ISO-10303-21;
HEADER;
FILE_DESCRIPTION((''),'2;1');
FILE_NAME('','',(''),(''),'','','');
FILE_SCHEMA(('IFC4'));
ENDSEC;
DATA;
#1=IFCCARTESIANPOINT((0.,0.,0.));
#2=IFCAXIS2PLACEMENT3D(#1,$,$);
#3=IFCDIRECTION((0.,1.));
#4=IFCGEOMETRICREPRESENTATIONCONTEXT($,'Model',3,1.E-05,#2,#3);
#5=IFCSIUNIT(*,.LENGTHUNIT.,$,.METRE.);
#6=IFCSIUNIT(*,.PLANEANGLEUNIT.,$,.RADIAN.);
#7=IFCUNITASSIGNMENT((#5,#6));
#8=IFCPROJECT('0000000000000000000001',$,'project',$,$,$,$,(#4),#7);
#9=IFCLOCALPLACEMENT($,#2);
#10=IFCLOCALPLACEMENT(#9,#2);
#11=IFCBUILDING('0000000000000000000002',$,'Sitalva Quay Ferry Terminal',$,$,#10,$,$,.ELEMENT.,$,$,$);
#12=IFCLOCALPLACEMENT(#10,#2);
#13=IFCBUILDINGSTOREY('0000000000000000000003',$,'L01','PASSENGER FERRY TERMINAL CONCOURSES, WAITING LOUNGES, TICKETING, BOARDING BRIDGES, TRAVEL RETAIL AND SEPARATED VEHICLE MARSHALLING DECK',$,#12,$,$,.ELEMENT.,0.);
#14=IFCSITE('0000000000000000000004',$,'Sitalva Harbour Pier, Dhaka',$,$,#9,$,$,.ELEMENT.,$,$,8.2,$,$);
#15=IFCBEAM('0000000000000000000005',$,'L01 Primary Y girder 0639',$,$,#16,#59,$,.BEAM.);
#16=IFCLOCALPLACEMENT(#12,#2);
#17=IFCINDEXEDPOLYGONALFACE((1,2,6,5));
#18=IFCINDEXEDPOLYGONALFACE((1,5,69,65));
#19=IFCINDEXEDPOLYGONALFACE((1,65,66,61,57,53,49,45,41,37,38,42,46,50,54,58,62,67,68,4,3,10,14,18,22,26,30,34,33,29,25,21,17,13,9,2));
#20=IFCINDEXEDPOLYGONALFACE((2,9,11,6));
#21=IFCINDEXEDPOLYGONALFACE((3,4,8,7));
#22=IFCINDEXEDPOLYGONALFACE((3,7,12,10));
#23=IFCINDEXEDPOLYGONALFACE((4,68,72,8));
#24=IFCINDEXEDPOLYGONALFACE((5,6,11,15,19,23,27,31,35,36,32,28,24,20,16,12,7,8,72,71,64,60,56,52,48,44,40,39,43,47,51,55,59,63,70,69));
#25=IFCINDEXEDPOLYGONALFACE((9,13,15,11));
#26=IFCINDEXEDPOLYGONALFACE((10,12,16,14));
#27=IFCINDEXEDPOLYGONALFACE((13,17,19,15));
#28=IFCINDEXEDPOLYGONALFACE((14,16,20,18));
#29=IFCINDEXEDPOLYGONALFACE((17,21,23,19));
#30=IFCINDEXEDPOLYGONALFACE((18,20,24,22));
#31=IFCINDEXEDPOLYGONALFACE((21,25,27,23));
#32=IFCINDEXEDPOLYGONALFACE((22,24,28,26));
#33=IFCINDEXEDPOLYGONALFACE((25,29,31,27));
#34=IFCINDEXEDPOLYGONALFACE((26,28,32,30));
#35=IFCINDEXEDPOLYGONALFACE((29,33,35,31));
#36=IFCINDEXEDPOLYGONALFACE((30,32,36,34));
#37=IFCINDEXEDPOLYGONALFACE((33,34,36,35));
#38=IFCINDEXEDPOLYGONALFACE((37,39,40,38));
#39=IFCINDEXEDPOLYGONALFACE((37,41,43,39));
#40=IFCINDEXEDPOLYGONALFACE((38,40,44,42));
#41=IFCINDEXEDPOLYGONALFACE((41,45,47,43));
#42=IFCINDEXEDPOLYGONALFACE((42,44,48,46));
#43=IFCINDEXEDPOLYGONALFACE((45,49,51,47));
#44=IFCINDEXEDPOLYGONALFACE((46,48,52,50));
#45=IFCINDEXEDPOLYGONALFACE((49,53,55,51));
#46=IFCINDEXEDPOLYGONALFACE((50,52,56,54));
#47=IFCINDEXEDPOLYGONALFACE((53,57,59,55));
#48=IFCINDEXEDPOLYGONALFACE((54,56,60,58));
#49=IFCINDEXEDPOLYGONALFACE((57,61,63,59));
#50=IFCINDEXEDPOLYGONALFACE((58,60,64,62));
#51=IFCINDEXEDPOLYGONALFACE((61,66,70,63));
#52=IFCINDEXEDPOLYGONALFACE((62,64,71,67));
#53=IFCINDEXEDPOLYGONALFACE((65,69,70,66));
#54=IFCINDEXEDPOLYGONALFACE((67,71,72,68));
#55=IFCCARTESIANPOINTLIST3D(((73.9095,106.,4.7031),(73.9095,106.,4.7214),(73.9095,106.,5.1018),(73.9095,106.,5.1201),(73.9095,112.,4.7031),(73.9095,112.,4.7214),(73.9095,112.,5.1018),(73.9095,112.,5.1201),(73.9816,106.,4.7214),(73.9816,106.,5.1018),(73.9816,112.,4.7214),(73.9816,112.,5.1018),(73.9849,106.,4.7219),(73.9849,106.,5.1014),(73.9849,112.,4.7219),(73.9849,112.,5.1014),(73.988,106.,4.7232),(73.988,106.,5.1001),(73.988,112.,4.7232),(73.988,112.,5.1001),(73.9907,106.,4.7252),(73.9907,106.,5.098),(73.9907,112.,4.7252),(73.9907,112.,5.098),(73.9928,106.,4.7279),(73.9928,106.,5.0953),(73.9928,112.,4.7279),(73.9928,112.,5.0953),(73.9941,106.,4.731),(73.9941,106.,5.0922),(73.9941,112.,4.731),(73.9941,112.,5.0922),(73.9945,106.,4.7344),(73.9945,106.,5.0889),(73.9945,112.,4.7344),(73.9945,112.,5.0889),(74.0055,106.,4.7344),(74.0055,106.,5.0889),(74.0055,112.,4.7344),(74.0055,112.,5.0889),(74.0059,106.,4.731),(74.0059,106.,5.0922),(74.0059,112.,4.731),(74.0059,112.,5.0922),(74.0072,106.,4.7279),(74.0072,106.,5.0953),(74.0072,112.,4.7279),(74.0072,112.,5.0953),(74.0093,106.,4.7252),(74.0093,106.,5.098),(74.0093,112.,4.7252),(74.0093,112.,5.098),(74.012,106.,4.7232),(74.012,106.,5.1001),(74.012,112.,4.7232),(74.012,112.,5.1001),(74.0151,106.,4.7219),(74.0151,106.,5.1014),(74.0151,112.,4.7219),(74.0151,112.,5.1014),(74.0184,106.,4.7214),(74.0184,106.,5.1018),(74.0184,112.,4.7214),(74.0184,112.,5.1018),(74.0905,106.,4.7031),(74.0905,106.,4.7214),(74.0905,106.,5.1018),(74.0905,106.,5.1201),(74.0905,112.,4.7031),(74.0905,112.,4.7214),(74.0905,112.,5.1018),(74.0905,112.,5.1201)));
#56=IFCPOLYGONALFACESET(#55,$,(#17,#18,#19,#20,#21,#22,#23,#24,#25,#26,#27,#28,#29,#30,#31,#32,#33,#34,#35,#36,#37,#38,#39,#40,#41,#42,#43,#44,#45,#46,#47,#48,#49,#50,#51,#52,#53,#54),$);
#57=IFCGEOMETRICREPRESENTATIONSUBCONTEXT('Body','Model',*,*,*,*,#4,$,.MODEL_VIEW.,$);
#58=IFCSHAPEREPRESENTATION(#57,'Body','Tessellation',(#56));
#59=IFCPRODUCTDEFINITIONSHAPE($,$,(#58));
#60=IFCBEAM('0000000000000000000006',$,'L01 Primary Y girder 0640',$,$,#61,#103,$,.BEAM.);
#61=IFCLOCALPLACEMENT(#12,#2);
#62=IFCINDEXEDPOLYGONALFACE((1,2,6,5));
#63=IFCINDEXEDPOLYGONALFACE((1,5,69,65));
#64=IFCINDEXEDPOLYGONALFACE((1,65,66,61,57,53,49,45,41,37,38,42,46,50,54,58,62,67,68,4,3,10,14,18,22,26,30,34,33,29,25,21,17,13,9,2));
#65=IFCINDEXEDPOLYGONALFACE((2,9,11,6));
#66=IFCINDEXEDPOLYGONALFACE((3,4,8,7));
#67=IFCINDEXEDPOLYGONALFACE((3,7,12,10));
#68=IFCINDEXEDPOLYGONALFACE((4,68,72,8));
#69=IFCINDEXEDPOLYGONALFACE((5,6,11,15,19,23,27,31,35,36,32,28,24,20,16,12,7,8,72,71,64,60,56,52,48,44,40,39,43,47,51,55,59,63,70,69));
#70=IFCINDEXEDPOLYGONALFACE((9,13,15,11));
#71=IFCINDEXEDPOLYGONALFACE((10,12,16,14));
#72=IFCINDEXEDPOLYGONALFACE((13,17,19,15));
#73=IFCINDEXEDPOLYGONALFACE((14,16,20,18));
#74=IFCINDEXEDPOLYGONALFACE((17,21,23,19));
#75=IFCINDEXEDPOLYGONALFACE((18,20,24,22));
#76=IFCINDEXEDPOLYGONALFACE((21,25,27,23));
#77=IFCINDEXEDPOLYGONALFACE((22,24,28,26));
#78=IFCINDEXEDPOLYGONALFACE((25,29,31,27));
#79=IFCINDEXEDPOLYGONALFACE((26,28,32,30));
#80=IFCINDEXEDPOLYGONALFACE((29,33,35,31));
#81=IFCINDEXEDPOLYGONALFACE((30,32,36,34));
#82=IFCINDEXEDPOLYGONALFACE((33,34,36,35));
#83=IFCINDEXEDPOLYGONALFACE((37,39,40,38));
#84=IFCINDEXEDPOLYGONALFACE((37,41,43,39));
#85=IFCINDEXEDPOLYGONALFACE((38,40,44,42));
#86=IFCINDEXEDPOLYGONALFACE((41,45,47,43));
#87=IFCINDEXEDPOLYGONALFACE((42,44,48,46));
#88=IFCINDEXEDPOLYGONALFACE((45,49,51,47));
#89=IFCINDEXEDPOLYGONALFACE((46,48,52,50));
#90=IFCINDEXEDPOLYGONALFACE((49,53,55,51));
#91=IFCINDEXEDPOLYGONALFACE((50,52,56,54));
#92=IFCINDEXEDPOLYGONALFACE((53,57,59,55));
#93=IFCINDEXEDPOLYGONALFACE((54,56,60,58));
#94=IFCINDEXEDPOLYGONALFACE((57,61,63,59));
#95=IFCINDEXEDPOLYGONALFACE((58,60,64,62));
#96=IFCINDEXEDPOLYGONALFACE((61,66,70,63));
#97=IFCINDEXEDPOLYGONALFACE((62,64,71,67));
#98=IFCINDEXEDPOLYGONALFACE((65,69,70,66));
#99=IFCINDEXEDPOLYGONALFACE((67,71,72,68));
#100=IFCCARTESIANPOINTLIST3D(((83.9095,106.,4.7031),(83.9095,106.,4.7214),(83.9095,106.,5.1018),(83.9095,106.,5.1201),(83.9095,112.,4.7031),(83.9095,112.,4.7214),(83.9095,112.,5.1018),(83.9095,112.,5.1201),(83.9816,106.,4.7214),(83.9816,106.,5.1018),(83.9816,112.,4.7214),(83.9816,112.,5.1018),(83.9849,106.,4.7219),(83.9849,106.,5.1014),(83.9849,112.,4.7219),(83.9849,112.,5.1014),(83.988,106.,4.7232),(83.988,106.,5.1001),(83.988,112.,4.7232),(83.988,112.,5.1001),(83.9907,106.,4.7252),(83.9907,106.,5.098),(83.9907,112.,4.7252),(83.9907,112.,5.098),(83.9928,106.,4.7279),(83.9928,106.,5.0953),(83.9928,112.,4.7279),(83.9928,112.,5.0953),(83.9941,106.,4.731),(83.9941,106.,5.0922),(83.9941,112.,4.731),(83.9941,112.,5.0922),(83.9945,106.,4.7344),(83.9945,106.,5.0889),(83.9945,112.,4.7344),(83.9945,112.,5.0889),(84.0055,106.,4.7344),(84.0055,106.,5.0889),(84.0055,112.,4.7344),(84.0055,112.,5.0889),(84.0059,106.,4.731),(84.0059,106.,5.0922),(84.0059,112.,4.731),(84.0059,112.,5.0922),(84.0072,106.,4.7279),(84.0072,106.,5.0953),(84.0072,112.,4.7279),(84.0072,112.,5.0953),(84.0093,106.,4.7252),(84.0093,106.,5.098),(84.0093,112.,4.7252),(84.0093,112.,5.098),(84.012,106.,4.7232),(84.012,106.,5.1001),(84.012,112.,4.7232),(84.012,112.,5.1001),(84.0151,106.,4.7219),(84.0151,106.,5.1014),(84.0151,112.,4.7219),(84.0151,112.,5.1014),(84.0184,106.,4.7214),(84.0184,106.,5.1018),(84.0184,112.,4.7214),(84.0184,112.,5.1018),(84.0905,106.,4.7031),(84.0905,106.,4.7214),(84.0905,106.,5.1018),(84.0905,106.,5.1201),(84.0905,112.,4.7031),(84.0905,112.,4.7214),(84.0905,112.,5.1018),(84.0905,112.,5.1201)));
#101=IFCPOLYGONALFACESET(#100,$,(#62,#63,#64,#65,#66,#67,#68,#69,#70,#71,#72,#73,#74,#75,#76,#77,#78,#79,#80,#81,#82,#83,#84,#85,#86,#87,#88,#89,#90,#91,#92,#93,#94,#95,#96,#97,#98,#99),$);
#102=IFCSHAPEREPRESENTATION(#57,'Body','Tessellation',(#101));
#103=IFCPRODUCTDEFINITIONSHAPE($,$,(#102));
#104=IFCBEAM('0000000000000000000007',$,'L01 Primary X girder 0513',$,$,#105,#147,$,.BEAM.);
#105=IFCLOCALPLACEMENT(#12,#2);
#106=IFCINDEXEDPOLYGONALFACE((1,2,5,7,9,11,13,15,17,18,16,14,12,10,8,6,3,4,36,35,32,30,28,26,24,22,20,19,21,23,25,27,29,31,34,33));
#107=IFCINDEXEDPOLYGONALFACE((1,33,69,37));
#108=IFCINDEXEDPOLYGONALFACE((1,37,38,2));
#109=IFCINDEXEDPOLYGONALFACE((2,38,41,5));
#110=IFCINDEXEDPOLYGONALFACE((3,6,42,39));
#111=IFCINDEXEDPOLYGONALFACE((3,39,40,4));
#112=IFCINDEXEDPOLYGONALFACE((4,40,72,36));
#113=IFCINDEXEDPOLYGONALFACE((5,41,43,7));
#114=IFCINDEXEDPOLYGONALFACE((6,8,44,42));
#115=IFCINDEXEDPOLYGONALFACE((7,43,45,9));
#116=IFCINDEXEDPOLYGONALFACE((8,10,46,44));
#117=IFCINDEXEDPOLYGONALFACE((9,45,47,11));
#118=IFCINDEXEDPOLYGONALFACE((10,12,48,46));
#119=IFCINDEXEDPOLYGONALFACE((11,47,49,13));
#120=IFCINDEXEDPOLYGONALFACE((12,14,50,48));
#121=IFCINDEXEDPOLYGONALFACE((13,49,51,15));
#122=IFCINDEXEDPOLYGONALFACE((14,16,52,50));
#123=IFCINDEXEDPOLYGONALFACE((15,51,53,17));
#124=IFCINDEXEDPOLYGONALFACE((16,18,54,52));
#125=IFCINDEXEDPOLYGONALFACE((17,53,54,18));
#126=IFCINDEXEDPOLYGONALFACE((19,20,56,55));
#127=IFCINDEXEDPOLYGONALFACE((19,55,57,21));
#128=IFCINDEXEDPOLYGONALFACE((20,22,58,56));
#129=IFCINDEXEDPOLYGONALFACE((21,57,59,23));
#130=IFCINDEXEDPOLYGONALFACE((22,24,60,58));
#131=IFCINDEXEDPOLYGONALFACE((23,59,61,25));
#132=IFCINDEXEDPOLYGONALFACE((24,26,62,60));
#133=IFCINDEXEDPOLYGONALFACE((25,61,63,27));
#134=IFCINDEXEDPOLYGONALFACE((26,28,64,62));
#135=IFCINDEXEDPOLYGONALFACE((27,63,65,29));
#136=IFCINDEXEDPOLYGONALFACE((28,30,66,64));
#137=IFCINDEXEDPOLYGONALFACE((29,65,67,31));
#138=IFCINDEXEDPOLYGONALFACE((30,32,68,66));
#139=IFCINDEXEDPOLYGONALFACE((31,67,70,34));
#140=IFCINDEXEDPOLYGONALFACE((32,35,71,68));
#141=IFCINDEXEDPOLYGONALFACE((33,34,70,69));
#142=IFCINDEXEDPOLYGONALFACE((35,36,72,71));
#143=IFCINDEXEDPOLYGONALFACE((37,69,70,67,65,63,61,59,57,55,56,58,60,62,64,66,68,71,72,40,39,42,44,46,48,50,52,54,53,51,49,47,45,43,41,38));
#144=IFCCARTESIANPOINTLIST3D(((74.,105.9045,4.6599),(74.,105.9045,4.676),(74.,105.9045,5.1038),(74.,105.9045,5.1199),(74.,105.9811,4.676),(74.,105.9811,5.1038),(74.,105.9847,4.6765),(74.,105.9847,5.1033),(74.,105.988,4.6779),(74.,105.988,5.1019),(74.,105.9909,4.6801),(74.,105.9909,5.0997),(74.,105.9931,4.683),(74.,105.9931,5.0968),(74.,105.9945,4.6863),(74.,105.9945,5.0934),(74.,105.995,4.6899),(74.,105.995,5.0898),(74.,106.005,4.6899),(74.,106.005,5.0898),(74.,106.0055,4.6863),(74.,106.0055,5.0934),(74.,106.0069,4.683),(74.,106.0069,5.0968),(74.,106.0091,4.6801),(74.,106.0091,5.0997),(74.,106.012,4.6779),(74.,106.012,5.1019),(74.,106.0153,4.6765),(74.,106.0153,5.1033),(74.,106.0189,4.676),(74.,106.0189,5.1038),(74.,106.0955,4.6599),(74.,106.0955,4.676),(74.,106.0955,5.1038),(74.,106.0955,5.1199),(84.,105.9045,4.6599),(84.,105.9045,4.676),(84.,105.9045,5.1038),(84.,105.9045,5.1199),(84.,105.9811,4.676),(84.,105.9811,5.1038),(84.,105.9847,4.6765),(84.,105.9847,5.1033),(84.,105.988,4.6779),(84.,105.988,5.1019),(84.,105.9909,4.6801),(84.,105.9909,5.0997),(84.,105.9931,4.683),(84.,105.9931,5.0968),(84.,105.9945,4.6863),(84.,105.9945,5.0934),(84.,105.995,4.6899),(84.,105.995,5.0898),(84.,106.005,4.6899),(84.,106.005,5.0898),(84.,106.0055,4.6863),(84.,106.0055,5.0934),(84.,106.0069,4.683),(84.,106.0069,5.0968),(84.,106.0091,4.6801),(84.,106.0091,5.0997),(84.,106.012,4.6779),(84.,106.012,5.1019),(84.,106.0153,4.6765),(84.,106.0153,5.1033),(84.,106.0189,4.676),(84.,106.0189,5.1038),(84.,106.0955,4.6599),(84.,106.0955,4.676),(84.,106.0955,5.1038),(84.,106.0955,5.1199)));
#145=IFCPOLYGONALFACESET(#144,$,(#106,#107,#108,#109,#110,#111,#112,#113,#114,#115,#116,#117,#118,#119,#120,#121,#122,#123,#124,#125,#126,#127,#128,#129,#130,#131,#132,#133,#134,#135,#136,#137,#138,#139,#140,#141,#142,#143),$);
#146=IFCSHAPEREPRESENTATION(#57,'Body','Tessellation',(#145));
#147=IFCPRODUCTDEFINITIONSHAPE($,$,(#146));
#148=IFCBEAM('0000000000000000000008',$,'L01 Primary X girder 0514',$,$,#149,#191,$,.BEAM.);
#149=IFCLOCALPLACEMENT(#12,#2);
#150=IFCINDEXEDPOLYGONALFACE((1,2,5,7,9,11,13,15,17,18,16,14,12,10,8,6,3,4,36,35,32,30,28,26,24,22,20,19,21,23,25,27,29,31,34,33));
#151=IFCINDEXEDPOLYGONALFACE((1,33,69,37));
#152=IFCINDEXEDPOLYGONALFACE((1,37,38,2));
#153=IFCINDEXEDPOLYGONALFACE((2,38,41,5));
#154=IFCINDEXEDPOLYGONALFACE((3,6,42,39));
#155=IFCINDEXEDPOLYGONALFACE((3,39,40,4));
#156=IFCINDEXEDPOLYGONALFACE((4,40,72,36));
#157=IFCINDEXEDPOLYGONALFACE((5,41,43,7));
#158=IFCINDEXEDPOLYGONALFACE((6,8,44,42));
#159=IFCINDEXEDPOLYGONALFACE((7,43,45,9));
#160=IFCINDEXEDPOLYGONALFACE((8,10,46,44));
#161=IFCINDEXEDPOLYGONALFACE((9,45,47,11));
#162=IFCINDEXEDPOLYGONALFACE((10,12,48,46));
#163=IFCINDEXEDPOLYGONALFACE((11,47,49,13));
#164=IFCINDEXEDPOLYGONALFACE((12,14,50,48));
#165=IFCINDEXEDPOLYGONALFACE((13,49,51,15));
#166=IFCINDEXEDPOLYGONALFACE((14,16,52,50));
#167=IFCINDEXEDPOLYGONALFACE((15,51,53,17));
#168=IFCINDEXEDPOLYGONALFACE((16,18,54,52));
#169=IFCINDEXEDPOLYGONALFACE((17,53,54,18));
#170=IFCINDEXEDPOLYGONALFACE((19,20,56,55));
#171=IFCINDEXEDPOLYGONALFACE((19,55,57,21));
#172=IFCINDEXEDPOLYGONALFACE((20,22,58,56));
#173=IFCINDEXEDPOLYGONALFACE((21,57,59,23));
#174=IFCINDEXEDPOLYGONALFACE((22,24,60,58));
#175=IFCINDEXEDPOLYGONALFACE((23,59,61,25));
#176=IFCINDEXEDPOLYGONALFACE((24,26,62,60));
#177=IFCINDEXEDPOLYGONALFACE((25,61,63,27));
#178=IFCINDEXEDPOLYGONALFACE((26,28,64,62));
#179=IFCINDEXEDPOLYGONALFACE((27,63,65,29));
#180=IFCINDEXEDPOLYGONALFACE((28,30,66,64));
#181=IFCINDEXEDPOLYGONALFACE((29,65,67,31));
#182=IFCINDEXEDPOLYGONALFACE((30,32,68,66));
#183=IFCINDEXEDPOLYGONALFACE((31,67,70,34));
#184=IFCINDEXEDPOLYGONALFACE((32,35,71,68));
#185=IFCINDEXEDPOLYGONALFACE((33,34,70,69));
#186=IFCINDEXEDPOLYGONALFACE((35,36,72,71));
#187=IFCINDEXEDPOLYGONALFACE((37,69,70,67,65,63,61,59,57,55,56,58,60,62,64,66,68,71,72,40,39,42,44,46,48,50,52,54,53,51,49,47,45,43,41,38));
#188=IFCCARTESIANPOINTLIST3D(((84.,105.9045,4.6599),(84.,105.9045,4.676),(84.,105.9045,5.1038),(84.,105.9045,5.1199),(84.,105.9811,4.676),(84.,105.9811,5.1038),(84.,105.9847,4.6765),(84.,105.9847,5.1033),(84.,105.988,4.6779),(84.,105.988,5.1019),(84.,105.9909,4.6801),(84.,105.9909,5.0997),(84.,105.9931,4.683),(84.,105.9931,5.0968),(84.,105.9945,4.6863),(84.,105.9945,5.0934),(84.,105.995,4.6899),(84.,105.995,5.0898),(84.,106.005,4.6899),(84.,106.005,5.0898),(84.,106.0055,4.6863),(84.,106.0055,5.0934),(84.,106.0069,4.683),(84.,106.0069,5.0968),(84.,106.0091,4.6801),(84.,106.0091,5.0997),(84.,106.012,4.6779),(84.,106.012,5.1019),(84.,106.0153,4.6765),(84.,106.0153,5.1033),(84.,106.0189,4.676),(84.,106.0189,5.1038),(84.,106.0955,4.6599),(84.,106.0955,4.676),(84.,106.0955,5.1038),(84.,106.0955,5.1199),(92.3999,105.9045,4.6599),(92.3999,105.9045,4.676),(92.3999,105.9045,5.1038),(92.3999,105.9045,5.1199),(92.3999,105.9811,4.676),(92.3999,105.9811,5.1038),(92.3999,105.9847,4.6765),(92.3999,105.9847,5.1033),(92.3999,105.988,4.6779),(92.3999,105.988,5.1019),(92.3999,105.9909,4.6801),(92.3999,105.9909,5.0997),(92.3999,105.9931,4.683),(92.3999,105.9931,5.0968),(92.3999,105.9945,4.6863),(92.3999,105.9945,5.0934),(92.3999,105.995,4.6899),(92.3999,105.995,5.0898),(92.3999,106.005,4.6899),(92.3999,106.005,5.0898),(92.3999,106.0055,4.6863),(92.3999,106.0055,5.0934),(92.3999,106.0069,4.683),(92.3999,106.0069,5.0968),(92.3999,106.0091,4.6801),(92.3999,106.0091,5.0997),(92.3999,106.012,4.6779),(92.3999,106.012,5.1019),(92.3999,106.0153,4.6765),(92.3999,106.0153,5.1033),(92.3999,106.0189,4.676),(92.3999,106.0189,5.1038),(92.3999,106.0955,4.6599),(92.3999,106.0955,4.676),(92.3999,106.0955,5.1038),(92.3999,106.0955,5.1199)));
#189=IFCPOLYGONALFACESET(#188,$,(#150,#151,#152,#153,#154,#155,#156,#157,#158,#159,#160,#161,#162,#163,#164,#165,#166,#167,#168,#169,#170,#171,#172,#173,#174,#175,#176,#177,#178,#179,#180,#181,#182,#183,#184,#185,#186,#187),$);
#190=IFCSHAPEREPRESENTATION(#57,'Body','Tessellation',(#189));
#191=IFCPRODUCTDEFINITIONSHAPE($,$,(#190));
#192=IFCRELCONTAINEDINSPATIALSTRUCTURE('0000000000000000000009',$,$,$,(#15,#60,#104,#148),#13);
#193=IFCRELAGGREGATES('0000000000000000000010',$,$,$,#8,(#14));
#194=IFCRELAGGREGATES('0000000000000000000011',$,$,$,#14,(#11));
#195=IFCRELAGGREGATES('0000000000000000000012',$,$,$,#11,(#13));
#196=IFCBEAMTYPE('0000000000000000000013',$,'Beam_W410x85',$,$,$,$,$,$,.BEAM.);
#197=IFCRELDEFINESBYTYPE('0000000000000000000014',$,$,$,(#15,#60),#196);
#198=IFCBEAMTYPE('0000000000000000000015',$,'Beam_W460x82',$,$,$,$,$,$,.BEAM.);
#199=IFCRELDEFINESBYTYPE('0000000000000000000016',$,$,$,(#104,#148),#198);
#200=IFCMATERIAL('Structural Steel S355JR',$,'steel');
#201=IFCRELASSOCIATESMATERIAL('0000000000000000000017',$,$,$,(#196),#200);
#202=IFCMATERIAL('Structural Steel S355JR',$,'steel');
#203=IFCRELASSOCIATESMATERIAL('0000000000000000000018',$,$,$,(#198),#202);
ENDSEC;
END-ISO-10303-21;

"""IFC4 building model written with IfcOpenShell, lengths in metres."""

from ifc_helpers import new_model, si_unit, direction, frame, origin, origin_2d, place, context, subcontext, project, spatial, i_section, extrude, material, material_profile, profile_set, type_object, element, save


model = new_model("IFC4")

# Units and contexts
model_context = context("Model", 3, precision=1e-05, world=origin(), true_north=direction((0.0, 1.0)))
body_context = subcontext(model_context, "Body", "Model", "MODEL_VIEW")
ifc_project = project(units=[si_unit("LENGTHUNIT", "METRE"), si_unit("PLANEANGLEUNIT", "RADIAN")], contexts=[model_context])

# Site, building, storey
site_placement = place(None, origin())
site = spatial("IfcSite", under=ifc_project, at=site_placement, Name="Sitalva Harbour Pier, Dhaka", CompositionType="ELEMENT", RefElevation=8.2)
building_placement = place(site_placement, origin())
building = spatial("IfcBuilding", under=site, at=building_placement, Name="Sitalva Quay Ferry Terminal", CompositionType="ELEMENT")
storey_placement = place(building_placement, origin())
storey = spatial("IfcBuildingStorey", under=building, at=storey_placement, Name="L01", Description="PASSENGER FERRY TERMINAL CONCOURSES, WAITING LOUNGES, TICKETING, BOARDING BRIDGES, TRAVEL RETAIL AND SEPARATED VEHICLE MARSHALLING DECK", CompositionType="ELEMENT", Elevation=0.0)

# Beams
ifc_material_1 = material(Name="Structural Steel S355JR", Category="steel")
ifc_material_profile_1 = material_profile(ifc_material_1, i_section(OverallWidth=0.1809, OverallDepth=0.417, WebThickness=0.011, FlangeThickness=0.0183, FilletRadius=0.0129, at=origin_2d()), Name="W410x85")
ifc_profile_set_1 = profile_set([ifc_material_profile_1], Name="Structural Steel S355JR")
beam_type_1 = type_object("IfcBeamType", Name="Beam_W410x85", PredefinedType="BEAM", material=ifc_profile_set_1)
for number, where, z_axis, x_axis, name in (
    (1, (74.0, 106.0, 4.9116), (0.0, 1.0, 0.0), (-1.0, 0.0, 0.0), "L01 Primary Y girder 0639"),
    (2, (84.0, 106.0, 4.9116), (0.0, 1.0, 0.0), (-1.0, 0.0, 0.0), "L01 Primary Y girder 0640"),
):
    element("IfcBeam", number, at=place(storey_placement, frame(where, z_axis=z_axis, x_axis=x_axis)), inside=storey, type_object=beam_type_1, Name=name, PredefinedType="BEAM", context=body_context, shape_type="SweptSolid", body=[
        extrude(i_section(OverallWidth=0.1809, OverallDepth=0.417, WebThickness=0.011, FlangeThickness=0.0183, FilletRadius=0.0129, at=origin_2d()), origin(), (0.0, 0.0, 1.0), 6.0),
    ])
ifc_material_2 = material(Name="Structural Steel S355JR", Category="steel")
ifc_material_profile_2 = material_profile(ifc_material_2, i_section(OverallWidth=0.1909, OverallDepth=0.46, WebThickness=0.01, FlangeThickness=0.0161, FilletRadius=0.0139, at=origin_2d()), Name="W460x82")
ifc_profile_set_2 = profile_set([ifc_material_profile_2], Name="Structural Steel S355JR")
beam_type_2 = type_object("IfcBeamType", Name="Beam_W460x82", PredefinedType="BEAM", material=ifc_profile_set_2)
beam_1_placement = place(storey_placement, frame((74.0, 106.0, 4.8899), z_axis=(1.0, 0.0, 0.0), x_axis=(0.0, 1.0, 0.0)))
element("IfcBeam", 3, at=beam_1_placement, inside=storey, type_object=beam_type_2, Name="L01 Primary X girder 0513", PredefinedType="BEAM", context=body_context, shape_type="SweptSolid", body=[
    extrude(i_section(OverallWidth=0.1909, OverallDepth=0.46, WebThickness=0.01, FlangeThickness=0.0161, FilletRadius=0.0139, at=origin_2d()), origin(), (0.0, 0.0, 1.0), 10.0),
])
beam_2_placement = place(storey_placement, frame((84.0, 106.0, 4.8899), z_axis=(1.0, 0.0, 0.0), x_axis=(0.0, 1.0, 0.0)))
element("IfcBeam", 4, at=beam_2_placement, inside=storey, type_object=beam_type_2, Name="L01 Primary X girder 0514", PredefinedType="BEAM", context=body_context, shape_type="SweptSolid", body=[
    extrude(i_section(OverallWidth=0.1909, OverallDepth=0.46, WebThickness=0.01, FlangeThickness=0.0161, FilletRadius=0.0139, at=origin_2d()), origin(), (0.0, 0.0, 1.0), 8.3999),
])

save(model, "model.ifc")
